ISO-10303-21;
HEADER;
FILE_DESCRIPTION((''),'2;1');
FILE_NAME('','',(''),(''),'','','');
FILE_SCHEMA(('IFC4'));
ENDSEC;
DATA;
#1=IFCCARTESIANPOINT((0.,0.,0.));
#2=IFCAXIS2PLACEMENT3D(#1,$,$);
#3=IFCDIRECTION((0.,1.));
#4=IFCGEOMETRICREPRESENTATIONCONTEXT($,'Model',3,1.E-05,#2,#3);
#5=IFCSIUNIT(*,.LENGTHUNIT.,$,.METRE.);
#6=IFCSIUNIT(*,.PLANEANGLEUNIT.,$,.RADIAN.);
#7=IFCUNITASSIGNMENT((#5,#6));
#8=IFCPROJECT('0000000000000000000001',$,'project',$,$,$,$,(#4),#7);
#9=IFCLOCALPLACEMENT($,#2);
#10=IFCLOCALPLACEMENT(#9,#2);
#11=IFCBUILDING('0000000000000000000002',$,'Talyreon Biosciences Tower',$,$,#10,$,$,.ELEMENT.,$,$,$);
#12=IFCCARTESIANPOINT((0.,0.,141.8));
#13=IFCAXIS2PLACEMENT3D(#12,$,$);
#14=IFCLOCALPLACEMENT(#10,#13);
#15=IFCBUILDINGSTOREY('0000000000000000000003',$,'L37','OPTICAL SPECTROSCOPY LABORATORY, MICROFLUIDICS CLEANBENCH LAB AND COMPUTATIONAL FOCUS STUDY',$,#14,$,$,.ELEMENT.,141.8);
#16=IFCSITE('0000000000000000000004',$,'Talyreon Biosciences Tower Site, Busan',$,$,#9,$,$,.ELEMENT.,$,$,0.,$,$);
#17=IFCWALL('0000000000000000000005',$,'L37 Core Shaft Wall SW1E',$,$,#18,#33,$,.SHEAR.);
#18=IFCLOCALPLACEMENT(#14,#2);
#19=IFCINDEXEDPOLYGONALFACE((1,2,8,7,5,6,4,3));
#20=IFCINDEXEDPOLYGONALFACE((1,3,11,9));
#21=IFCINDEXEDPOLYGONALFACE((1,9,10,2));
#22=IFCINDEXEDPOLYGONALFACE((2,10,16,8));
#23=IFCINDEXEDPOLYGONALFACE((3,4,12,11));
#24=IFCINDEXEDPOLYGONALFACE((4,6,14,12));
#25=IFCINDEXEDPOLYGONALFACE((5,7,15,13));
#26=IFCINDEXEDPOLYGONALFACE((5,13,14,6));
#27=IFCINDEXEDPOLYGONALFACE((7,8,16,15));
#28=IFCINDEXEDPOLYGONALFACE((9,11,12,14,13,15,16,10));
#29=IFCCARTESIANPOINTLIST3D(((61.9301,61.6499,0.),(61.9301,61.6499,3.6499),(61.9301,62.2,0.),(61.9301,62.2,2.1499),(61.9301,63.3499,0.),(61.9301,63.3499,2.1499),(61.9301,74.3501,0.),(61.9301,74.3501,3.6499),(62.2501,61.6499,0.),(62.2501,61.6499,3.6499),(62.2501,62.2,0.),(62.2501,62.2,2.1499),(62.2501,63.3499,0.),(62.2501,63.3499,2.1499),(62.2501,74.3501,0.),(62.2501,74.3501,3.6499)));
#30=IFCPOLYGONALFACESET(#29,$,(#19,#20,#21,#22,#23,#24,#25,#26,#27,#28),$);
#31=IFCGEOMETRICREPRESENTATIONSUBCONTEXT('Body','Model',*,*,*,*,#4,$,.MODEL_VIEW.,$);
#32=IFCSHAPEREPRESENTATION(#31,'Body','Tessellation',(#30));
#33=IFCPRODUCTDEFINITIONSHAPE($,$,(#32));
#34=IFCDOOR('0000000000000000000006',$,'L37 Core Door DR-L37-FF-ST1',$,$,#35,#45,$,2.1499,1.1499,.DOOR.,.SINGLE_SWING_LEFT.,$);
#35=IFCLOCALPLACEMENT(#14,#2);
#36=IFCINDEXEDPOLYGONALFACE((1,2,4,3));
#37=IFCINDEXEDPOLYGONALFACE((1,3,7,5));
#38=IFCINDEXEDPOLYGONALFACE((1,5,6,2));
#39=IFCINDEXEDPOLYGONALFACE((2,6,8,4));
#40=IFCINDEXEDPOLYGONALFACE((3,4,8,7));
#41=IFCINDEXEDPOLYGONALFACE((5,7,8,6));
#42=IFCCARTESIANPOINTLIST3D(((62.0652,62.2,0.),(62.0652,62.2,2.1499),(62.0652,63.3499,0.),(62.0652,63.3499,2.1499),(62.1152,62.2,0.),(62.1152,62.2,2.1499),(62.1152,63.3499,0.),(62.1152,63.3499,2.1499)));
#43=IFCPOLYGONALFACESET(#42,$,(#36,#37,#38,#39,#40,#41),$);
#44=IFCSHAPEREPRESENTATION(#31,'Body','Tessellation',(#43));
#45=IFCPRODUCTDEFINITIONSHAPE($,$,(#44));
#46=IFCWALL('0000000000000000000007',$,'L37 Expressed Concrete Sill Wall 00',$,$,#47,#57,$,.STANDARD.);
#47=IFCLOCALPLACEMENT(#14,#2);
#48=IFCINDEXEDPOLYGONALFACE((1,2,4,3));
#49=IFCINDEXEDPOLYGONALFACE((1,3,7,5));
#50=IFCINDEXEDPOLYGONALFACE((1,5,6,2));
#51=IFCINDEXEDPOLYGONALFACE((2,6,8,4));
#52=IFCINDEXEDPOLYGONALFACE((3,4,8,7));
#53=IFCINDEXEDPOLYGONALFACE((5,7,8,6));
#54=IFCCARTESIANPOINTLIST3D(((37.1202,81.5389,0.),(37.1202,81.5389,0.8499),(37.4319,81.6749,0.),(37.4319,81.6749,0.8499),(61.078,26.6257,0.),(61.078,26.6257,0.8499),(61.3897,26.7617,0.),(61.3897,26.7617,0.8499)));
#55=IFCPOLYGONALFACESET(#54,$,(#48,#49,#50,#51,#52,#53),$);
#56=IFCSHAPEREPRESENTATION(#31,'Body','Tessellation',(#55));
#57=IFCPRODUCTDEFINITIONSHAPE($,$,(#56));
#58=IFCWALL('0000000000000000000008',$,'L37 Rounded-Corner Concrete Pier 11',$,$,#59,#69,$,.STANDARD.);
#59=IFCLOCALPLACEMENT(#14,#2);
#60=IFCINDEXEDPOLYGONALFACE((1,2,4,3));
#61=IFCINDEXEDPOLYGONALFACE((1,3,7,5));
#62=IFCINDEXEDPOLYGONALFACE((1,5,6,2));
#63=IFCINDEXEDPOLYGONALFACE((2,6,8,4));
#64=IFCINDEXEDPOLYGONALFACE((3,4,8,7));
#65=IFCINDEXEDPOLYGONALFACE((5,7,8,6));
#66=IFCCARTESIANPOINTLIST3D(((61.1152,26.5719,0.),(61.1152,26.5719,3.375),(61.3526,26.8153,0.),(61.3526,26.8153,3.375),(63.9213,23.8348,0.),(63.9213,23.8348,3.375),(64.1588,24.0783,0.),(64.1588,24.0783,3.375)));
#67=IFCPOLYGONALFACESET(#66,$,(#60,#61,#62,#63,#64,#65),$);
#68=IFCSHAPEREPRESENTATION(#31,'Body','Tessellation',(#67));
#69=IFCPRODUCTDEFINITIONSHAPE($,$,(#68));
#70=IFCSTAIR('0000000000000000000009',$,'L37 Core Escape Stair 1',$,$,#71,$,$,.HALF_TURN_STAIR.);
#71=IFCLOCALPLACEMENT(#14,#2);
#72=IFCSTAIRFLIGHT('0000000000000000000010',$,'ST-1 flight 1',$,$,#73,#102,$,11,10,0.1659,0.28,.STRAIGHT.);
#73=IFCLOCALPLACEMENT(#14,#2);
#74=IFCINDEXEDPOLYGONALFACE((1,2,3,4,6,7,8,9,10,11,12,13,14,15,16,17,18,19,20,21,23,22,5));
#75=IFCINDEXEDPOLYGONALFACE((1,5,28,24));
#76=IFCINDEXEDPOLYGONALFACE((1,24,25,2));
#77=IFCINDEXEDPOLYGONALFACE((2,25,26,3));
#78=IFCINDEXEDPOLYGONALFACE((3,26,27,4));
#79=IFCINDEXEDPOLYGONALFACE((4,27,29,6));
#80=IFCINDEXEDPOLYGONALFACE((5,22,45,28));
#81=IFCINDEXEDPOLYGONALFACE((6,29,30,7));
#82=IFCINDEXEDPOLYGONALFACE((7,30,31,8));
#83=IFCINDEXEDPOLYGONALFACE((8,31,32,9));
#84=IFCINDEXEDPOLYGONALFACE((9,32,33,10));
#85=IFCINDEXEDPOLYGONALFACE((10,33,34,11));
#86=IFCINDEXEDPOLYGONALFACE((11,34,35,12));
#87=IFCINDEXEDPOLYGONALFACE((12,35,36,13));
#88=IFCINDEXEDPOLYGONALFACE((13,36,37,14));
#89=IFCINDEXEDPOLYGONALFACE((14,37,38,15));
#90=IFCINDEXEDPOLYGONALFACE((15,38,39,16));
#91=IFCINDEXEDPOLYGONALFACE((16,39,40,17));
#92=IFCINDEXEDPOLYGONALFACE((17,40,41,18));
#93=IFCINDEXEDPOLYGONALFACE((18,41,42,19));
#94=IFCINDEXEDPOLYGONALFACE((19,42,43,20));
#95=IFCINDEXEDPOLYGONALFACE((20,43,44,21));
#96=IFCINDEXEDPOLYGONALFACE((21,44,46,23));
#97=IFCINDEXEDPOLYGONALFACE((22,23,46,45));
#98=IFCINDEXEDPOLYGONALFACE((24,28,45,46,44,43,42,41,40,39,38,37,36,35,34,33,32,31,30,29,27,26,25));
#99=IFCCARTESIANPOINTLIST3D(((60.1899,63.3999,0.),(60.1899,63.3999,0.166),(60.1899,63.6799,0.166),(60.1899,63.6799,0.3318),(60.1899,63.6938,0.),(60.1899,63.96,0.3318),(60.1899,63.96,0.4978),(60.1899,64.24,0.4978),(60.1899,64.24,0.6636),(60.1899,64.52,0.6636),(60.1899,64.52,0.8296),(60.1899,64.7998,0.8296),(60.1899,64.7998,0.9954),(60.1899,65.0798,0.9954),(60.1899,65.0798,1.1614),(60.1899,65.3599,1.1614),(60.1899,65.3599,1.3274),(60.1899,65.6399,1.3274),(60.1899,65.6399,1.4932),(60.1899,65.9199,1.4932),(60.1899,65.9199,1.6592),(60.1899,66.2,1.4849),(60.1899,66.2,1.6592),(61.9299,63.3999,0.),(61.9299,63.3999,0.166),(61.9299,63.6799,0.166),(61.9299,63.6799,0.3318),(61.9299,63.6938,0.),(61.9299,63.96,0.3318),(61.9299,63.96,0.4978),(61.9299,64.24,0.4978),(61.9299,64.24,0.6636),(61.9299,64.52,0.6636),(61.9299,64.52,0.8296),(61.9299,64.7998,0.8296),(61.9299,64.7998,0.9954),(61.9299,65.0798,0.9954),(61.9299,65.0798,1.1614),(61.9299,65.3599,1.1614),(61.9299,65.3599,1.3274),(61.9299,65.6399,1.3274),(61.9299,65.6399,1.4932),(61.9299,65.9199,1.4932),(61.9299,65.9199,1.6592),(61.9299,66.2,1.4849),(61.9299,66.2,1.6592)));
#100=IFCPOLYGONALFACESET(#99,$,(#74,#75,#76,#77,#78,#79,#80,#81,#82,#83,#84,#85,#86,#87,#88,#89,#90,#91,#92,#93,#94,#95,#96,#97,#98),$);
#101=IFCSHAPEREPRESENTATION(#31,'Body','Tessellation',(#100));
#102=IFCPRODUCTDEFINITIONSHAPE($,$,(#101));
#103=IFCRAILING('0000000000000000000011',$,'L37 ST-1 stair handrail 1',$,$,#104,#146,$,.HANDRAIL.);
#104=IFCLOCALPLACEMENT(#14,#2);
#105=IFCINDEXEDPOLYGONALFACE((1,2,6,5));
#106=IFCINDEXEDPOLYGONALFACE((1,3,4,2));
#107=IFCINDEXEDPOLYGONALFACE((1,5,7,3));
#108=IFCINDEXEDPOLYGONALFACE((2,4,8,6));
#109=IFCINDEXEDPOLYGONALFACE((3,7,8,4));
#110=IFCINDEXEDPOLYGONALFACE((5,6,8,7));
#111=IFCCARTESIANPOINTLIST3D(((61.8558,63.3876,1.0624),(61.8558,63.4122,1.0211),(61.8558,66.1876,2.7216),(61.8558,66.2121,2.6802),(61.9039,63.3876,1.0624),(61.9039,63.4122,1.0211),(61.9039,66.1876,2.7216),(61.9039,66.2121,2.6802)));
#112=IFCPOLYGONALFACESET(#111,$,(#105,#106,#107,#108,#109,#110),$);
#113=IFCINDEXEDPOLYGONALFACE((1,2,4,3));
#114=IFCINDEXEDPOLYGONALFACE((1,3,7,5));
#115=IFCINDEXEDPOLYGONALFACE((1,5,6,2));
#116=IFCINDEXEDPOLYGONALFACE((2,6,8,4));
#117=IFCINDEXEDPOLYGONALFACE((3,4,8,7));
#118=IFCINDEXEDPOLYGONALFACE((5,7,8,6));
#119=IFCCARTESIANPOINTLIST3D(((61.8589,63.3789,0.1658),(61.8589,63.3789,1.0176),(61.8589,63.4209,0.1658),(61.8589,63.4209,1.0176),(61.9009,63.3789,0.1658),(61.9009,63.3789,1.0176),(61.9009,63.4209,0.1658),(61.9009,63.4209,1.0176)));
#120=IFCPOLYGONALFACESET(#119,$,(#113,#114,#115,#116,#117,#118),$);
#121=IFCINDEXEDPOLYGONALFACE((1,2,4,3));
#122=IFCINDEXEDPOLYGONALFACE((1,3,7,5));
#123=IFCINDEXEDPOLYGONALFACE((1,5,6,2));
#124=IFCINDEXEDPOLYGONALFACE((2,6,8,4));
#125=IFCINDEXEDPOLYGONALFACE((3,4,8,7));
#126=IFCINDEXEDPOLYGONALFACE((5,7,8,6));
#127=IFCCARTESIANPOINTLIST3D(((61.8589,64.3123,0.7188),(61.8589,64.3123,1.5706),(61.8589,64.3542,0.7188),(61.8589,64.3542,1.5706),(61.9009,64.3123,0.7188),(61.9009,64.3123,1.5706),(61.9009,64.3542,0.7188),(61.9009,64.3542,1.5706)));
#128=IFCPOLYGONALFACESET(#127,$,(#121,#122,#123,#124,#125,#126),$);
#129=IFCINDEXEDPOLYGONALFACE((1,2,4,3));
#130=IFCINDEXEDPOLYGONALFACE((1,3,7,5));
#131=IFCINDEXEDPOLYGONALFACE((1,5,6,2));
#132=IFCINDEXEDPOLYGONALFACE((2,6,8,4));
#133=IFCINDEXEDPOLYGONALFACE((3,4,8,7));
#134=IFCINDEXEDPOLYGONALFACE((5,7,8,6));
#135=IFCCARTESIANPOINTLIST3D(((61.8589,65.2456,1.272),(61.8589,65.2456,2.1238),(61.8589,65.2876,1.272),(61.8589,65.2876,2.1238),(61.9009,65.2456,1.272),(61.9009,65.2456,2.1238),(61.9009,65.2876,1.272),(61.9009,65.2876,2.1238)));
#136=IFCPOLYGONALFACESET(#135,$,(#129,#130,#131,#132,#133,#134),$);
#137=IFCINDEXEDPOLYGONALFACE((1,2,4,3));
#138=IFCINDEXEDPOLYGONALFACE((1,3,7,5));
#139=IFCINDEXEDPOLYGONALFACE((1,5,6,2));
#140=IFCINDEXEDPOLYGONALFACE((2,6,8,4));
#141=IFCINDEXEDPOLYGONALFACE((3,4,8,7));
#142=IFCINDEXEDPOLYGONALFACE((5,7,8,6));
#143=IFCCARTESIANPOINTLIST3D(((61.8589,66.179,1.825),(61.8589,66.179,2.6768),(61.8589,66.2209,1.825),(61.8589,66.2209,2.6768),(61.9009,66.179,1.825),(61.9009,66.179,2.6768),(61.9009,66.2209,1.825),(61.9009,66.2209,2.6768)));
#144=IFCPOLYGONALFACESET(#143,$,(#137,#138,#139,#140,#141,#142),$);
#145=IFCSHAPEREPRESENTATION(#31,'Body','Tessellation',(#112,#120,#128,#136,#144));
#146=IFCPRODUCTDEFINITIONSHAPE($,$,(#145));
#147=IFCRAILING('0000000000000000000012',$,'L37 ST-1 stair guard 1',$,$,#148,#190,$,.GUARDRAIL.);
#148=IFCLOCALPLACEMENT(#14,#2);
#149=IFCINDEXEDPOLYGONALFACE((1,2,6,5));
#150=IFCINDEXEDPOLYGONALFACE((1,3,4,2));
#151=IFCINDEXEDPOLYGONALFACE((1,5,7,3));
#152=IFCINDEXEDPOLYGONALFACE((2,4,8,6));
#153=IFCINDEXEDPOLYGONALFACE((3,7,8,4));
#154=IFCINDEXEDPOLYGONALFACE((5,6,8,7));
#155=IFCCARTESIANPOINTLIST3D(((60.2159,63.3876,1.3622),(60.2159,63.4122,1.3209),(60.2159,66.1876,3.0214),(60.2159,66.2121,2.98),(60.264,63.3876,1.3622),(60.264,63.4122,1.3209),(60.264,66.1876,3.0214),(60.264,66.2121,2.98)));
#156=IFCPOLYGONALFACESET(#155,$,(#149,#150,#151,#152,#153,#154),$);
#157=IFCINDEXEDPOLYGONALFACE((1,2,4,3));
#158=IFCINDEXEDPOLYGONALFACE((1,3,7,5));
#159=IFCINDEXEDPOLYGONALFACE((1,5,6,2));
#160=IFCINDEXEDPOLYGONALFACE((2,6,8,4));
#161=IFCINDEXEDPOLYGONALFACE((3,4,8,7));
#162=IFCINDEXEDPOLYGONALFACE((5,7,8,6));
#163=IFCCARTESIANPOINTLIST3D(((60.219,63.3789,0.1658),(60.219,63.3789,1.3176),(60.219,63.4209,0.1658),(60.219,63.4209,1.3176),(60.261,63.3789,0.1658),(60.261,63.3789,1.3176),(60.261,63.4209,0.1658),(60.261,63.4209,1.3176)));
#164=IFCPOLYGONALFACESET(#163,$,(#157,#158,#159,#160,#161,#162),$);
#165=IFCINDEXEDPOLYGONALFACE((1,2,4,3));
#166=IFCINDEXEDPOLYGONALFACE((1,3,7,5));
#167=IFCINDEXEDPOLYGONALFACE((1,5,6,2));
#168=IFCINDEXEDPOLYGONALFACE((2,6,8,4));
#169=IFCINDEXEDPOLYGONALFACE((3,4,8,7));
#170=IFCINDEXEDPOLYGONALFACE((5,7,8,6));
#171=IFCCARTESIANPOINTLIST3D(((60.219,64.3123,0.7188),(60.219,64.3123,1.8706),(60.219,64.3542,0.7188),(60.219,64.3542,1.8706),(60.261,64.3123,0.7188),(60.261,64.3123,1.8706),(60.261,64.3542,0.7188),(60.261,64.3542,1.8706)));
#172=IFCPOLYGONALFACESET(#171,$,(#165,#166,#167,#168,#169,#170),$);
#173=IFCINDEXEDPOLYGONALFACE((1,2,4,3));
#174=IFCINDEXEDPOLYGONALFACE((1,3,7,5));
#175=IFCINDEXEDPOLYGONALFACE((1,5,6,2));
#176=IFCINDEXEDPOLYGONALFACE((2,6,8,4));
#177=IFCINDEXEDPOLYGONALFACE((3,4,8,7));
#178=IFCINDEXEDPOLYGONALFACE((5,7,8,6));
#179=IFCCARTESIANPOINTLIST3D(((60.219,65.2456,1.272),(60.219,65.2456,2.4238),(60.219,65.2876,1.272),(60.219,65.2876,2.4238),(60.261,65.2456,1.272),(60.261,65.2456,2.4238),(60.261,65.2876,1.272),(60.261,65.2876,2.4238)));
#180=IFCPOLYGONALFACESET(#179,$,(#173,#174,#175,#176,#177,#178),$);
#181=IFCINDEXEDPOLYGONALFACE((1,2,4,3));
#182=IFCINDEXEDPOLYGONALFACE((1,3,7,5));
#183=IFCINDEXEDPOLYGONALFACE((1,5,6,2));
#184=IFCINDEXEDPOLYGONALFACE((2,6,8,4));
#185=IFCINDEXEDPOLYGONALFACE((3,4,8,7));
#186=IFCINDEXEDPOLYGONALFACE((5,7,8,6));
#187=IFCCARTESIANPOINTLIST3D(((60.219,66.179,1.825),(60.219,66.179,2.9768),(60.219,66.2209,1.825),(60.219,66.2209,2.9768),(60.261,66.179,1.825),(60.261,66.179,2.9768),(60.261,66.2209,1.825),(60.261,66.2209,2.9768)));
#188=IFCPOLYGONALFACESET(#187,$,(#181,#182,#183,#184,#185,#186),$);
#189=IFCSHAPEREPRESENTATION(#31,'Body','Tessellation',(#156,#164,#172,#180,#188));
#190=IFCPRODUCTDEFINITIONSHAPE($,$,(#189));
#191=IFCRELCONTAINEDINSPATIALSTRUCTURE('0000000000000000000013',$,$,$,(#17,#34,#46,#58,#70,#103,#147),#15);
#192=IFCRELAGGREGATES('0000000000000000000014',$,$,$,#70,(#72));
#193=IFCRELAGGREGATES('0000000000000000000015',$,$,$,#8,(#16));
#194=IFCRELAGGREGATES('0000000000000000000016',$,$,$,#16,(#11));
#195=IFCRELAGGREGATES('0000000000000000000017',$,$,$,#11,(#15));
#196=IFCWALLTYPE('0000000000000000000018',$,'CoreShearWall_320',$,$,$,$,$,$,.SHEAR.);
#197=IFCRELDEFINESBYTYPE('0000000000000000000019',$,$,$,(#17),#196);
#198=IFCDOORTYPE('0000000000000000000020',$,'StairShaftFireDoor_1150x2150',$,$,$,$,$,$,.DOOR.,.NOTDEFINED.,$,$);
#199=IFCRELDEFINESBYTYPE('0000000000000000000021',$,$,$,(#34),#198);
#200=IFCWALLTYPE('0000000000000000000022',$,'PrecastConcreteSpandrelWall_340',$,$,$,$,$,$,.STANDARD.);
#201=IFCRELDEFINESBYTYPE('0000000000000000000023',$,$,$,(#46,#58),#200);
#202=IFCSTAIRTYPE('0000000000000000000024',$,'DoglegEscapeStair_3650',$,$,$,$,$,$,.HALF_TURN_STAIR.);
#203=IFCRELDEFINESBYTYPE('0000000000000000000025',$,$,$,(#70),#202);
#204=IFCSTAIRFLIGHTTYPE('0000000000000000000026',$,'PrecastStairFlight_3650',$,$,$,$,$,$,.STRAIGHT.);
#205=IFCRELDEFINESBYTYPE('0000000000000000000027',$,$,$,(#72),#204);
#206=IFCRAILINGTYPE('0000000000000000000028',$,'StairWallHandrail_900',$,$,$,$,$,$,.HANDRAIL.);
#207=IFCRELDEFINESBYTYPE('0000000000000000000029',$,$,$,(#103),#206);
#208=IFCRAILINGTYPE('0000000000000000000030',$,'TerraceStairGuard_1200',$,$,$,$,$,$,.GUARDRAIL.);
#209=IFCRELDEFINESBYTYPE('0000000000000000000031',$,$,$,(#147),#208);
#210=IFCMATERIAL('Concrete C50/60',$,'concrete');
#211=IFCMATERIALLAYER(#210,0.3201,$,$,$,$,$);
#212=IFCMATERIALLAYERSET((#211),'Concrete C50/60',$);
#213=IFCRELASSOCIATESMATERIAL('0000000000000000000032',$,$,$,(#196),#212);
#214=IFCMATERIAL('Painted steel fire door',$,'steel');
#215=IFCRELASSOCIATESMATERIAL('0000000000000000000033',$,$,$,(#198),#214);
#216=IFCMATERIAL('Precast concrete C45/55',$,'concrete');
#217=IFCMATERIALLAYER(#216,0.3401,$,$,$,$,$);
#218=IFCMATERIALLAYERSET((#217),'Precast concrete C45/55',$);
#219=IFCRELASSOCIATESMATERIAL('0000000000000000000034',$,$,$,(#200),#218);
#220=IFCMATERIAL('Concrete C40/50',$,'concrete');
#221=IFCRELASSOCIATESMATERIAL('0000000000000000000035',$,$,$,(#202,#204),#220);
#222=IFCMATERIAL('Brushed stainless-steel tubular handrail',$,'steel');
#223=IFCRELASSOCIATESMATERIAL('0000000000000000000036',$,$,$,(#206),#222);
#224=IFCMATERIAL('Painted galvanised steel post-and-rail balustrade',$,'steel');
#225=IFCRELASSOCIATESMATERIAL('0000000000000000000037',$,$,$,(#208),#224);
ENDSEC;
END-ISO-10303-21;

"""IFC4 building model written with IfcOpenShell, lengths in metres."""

from ifc_helpers import new_model, si_unit, direction, frame, frame_2d, origin, origin_2d, place, context, subcontext, project, spatial, polyline, rectangle, outline, extrude, material, layer, layer_set, type_object, element, fill, aggregate, save


model = new_model("IFC4")

# Units and contexts
model_context = context("Model", 3, precision=1e-05, world=origin(), true_north=direction((0.0, 1.0)))
body_context = subcontext(model_context, "Body", "Model", "MODEL_VIEW")
ifc_project = project(units=[si_unit("LENGTHUNIT", "METRE"), si_unit("PLANEANGLEUNIT", "RADIAN")], contexts=[model_context])

# Site, building, storey
site_placement = place(None, origin())
site = spatial("IfcSite", under=ifc_project, at=site_placement, Name="Talyreon Biosciences Tower Site, Busan", CompositionType="ELEMENT", RefElevation=0.0)
building_placement = place(site_placement, origin())
building = spatial("IfcBuilding", under=site, at=building_placement, Name="Talyreon Biosciences Tower", CompositionType="ELEMENT")
storey_placement = place(building_placement, frame((0.0, 0.0, 141.8)))
storey = spatial("IfcBuildingStorey", under=building, at=storey_placement, Name="L37", Description="OPTICAL SPECTROSCOPY LABORATORY, MICROFLUIDICS CLEANBENCH LAB AND COMPUTATIONAL FOCUS STUDY", CompositionType="ELEMENT", Elevation=141.8)

# Shared definitions
ifc_material_1 = material(Name="Concrete C50/60", Category="concrete")

# Shared definitions
ifc_material_2 = material(Name="Precast concrete C45/55", Category="concrete")

# Wall, opening, door
ifc_layer_1 = layer(ifc_material_1, 0.3201)
ifc_layer_set_1 = layer_set([ifc_layer_1], Name="Concrete C50/60")
wall_type_1 = type_object("IfcWallType", Name="CoreShearWall_320", PredefinedType="SHEAR", material=ifc_layer_set_1)
wall_1_placement = place(storey_placement, frame((62.0901, 61.6499, 0.0), z_axis=(0.0, 0.0, 1.0), x_axis=(0.0, 1.0, 0.0)))
wall_1 = element("IfcWall", 1, at=wall_1_placement, inside=storey, type_object=wall_type_1, Name="L37 Core Shaft Wall SW1E", PredefinedType="SHEAR", context=body_context, shape_type="SweptSolid", body=[
    extrude(rectangle(XDim=12.7002, YDim=0.3201, at=frame_2d((6.3501, 0.0))), origin(), (0.0, 0.0, 1.0), 3.6499),
])
opening_1_placement = place(wall_1_placement, frame((0.55, 0.0, 0.0)))
opening_1 = element("IfcOpeningElement", 2, at=opening_1_placement, cuts=wall_1, PredefinedType="OPENING", context=body_context, shape_type="SweptSolid", body=[
    extrude(rectangle(XDim=1.1499, YDim=2.1499, at=frame_2d((0.575, 1.075))), frame((0.0, 0.1699, 0.0), z_axis=(0.0, -1.0, 0.0), x_axis=(1.0, 0.0, 0.0)), (0.0, 0.0, 1.0), 0.3401),
])
ifc_material_3 = material(Name="Painted steel fire door", Category="steel")
door_type_1 = type_object("IfcDoorType", Name="StairShaftFireDoor_1150x2150", OperationType="NOTDEFINED", PredefinedType="DOOR", material=ifc_material_3)
door_1_placement = place(opening_1_placement, origin())
door_1 = element("IfcDoor", 3, at=door_1_placement, inside=storey, type_object=door_type_1, Name="L37 Core Door DR-L37-FF-ST1", OperationType="SINGLE_SWING_LEFT", OverallHeight=2.1499, OverallWidth=1.1499, PredefinedType="DOOR", context=body_context, shape_type="SweptSolid", body=[
    extrude(rectangle(XDim=1.1499, YDim=2.1499, at=frame_2d((0.575, 1.075))), frame((0.0, 0.0249, 0.0), z_axis=(0.0, -1.0, 0.0), x_axis=(1.0, 0.0, 0.0)), (0.0, 0.0, 1.0), 0.05),
])
fill(opening_1, door_1)

# Walls
ifc_layer_2 = layer(ifc_material_2, 0.3401)
ifc_layer_set_2 = layer_set([ifc_layer_2], Name="Precast concrete C45/55")
wall_type_2 = type_object("IfcWallType", Name="PrecastConcreteSpandrelWall_340", PredefinedType="STANDARD", material=ifc_layer_set_2)
wall_2_placement = place(storey_placement, frame((61.2339, 26.6936, 0.0), z_axis=(0.0, 0.0, 1.0), x_axis=(-0.399884, 0.916566, 0.0)))
element("IfcWall", 4, at=wall_2_placement, inside=storey, type_object=wall_type_2, Name="L37 Expressed Concrete Sill Wall 00", PredefinedType="STANDARD", context=body_context, shape_type="SweptSolid", body=[
    extrude(rectangle(XDim=59.9119, YDim=0.3401, at=frame_2d((29.9561, 0.0))), origin(), (0.0, 0.0, 1.0), 0.8499),
])
wall_3_placement = place(storey_placement, frame((64.04, 23.9565, 0.0), z_axis=(0.0, 0.0, 1.0), x_axis=(-0.715865, 0.698239, 0.0)))
element("IfcWall", 5, at=wall_3_placement, inside=storey, type_object=wall_type_2, Name="L37 Rounded-Corner Concrete Pier 11", PredefinedType="STANDARD", context=body_context, shape_type="SweptSolid", body=[
    extrude(rectangle(XDim=3.9199, YDim=0.3401, at=frame_2d((1.96, 0.0))), origin(), (0.0, 0.0, 1.0), 3.375),
])

# Stair, stair flight
ifc_material_4 = material(Name="Concrete C40/50", Category="concrete")
stair_type = type_object("IfcStairType", Name="DoglegEscapeStair_3650", PredefinedType="HALF_TURN_STAIR", material=ifc_material_4)
stair_placement = place(storey_placement, origin())
stair = element("IfcStair", 6, at=stair_placement, inside=storey, type_object=stair_type, Name="L37 Core Escape Stair 1", PredefinedType="HALF_TURN_STAIR")
stair_flight_type = type_object("IfcStairFlightType", Name="PrecastStairFlight_3650", PredefinedType="STRAIGHT", material=ifc_material_4)
stair_flight_placement = place(storey_placement, frame((61.0601, 63.3999, 0.0), z_axis=(0.0, 0.0, 1.0), x_axis=(0.0, 1.0, 0.0)))
stair_flight = element("IfcStairFlight", 7, at=stair_flight_placement, type_object=stair_flight_type, Name="ST-1 flight 1", NumberOfRisers=11, NumberOfTreads=10, PredefinedType="STRAIGHT", RiserHeight=0.1659, TreadLength=0.28, context=body_context, shape_type="SweptSolid", body=[
    extrude(outline(polyline([(0.0, 0.0), (0.0, 0.166), (0.28, 0.166), (0.28, 0.3318), (0.5601, 0.3318), (0.5601, 0.4978), (0.8401, 0.4978), (0.8401, 0.6636), (1.1201, 0.6636), (1.1201, 0.8296), (1.3999, 0.8296), (1.3999, 0.9954), (1.6799, 0.9954), (1.6799, 1.1614), (1.96, 1.1614), (1.96, 1.3274), (2.24, 1.3274), (2.24, 1.4932), (2.52, 1.4932), (2.52, 1.6592), (2.8, 1.6592), (2.8, 1.825), (2.8, 1.4849), (0.2939, 0.0), (0.0, 0.0)])), frame((0.0, 0.8701, 0.0), z_axis=(0.0, -1.0, 0.0), x_axis=(1.0, 0.0, 0.0)), (0.0, 0.0, 1.0), 1.74),
])
aggregate(stair, [stair_flight])

# Railings
ifc_material_5 = material(Name="Brushed stainless-steel tubular handrail", Category="steel")
railing_type_1 = type_object("IfcRailingType", Name="StairWallHandrail_900", PredefinedType="HANDRAIL", material=ifc_material_5)
railing_1_placement = place(storey_placement, frame((61.8799, 63.3999, 0.1658)))
element("IfcRailing", 8, at=railing_1_placement, inside=storey, type_object=railing_type_1, Name="L37 ST-1 stair handrail 1", PredefinedType="HANDRAIL", context=body_context, shape_type="SweptSolid", body=[
    extrude(rectangle(XDim=0.0481, YDim=0.0481, at=origin_2d()), frame((0.0, 0.0, 0.876), z_axis=(0.0, 0.860306, 0.509778), x_axis=(-1.0, 0.0, 0.0)), (0.0, 0.0, 1.0), 3.2546),
    extrude(rectangle(XDim=0.042, YDim=0.042, at=origin_2d()), origin(), (0.0, 0.0, 1.0), 0.8518),
    extrude(rectangle(XDim=0.042, YDim=0.042, at=origin_2d()), frame((0.0, 0.9333, 0.553)), (0.0, 0.0, 1.0), 0.8518),
    extrude(rectangle(XDim=0.042, YDim=0.042, at=origin_2d()), frame((0.0, 1.8667, 1.1062)), (0.0, 0.0, 1.0), 0.8518),
    extrude(rectangle(XDim=0.042, YDim=0.042, at=origin_2d()), frame((0.0, 2.8, 1.6592)), (0.0, 0.0, 1.0), 0.8518),
])
ifc_material_6 = material(Name="Painted galvanised steel post-and-rail balustrade", Category="steel")
railing_type_2 = type_object("IfcRailingType", Name="TerraceStairGuard_1200", PredefinedType="GUARDRAIL", material=ifc_material_6)
railing_2_placement = place(storey_placement, frame((60.24, 63.3999, 0.1658)))
element("IfcRailing", 9, at=railing_2_placement, inside=storey, type_object=railing_type_2, Name="L37 ST-1 stair guard 1", PredefinedType="GUARDRAIL", context=body_context, shape_type="SweptSolid", body=[
    extrude(rectangle(XDim=0.0481, YDim=0.0481, at=origin_2d()), frame((0.0, 0.0, 1.1758), z_axis=(0.0, 0.860306, 0.509778), x_axis=(-1.0, 0.0, 0.0)), (0.0, 0.0, 1.0), 3.2546),
    extrude(rectangle(XDim=0.042, YDim=0.042, at=origin_2d()), origin(), (0.0, 0.0, 1.0), 1.1519),
    extrude(rectangle(XDim=0.042, YDim=0.042, at=origin_2d()), frame((0.0, 0.9333, 0.553)), (0.0, 0.0, 1.0), 1.1519),
    extrude(rectangle(XDim=0.042, YDim=0.042, at=origin_2d()), frame((0.0, 1.8667, 1.1062)), (0.0, 0.0, 1.0), 1.1519),
    extrude(rectangle(XDim=0.042, YDim=0.042, at=origin_2d()), frame((0.0, 2.8, 1.6592)), (0.0, 0.0, 1.0), 1.1519),
])

save(model, "model.ifc")
